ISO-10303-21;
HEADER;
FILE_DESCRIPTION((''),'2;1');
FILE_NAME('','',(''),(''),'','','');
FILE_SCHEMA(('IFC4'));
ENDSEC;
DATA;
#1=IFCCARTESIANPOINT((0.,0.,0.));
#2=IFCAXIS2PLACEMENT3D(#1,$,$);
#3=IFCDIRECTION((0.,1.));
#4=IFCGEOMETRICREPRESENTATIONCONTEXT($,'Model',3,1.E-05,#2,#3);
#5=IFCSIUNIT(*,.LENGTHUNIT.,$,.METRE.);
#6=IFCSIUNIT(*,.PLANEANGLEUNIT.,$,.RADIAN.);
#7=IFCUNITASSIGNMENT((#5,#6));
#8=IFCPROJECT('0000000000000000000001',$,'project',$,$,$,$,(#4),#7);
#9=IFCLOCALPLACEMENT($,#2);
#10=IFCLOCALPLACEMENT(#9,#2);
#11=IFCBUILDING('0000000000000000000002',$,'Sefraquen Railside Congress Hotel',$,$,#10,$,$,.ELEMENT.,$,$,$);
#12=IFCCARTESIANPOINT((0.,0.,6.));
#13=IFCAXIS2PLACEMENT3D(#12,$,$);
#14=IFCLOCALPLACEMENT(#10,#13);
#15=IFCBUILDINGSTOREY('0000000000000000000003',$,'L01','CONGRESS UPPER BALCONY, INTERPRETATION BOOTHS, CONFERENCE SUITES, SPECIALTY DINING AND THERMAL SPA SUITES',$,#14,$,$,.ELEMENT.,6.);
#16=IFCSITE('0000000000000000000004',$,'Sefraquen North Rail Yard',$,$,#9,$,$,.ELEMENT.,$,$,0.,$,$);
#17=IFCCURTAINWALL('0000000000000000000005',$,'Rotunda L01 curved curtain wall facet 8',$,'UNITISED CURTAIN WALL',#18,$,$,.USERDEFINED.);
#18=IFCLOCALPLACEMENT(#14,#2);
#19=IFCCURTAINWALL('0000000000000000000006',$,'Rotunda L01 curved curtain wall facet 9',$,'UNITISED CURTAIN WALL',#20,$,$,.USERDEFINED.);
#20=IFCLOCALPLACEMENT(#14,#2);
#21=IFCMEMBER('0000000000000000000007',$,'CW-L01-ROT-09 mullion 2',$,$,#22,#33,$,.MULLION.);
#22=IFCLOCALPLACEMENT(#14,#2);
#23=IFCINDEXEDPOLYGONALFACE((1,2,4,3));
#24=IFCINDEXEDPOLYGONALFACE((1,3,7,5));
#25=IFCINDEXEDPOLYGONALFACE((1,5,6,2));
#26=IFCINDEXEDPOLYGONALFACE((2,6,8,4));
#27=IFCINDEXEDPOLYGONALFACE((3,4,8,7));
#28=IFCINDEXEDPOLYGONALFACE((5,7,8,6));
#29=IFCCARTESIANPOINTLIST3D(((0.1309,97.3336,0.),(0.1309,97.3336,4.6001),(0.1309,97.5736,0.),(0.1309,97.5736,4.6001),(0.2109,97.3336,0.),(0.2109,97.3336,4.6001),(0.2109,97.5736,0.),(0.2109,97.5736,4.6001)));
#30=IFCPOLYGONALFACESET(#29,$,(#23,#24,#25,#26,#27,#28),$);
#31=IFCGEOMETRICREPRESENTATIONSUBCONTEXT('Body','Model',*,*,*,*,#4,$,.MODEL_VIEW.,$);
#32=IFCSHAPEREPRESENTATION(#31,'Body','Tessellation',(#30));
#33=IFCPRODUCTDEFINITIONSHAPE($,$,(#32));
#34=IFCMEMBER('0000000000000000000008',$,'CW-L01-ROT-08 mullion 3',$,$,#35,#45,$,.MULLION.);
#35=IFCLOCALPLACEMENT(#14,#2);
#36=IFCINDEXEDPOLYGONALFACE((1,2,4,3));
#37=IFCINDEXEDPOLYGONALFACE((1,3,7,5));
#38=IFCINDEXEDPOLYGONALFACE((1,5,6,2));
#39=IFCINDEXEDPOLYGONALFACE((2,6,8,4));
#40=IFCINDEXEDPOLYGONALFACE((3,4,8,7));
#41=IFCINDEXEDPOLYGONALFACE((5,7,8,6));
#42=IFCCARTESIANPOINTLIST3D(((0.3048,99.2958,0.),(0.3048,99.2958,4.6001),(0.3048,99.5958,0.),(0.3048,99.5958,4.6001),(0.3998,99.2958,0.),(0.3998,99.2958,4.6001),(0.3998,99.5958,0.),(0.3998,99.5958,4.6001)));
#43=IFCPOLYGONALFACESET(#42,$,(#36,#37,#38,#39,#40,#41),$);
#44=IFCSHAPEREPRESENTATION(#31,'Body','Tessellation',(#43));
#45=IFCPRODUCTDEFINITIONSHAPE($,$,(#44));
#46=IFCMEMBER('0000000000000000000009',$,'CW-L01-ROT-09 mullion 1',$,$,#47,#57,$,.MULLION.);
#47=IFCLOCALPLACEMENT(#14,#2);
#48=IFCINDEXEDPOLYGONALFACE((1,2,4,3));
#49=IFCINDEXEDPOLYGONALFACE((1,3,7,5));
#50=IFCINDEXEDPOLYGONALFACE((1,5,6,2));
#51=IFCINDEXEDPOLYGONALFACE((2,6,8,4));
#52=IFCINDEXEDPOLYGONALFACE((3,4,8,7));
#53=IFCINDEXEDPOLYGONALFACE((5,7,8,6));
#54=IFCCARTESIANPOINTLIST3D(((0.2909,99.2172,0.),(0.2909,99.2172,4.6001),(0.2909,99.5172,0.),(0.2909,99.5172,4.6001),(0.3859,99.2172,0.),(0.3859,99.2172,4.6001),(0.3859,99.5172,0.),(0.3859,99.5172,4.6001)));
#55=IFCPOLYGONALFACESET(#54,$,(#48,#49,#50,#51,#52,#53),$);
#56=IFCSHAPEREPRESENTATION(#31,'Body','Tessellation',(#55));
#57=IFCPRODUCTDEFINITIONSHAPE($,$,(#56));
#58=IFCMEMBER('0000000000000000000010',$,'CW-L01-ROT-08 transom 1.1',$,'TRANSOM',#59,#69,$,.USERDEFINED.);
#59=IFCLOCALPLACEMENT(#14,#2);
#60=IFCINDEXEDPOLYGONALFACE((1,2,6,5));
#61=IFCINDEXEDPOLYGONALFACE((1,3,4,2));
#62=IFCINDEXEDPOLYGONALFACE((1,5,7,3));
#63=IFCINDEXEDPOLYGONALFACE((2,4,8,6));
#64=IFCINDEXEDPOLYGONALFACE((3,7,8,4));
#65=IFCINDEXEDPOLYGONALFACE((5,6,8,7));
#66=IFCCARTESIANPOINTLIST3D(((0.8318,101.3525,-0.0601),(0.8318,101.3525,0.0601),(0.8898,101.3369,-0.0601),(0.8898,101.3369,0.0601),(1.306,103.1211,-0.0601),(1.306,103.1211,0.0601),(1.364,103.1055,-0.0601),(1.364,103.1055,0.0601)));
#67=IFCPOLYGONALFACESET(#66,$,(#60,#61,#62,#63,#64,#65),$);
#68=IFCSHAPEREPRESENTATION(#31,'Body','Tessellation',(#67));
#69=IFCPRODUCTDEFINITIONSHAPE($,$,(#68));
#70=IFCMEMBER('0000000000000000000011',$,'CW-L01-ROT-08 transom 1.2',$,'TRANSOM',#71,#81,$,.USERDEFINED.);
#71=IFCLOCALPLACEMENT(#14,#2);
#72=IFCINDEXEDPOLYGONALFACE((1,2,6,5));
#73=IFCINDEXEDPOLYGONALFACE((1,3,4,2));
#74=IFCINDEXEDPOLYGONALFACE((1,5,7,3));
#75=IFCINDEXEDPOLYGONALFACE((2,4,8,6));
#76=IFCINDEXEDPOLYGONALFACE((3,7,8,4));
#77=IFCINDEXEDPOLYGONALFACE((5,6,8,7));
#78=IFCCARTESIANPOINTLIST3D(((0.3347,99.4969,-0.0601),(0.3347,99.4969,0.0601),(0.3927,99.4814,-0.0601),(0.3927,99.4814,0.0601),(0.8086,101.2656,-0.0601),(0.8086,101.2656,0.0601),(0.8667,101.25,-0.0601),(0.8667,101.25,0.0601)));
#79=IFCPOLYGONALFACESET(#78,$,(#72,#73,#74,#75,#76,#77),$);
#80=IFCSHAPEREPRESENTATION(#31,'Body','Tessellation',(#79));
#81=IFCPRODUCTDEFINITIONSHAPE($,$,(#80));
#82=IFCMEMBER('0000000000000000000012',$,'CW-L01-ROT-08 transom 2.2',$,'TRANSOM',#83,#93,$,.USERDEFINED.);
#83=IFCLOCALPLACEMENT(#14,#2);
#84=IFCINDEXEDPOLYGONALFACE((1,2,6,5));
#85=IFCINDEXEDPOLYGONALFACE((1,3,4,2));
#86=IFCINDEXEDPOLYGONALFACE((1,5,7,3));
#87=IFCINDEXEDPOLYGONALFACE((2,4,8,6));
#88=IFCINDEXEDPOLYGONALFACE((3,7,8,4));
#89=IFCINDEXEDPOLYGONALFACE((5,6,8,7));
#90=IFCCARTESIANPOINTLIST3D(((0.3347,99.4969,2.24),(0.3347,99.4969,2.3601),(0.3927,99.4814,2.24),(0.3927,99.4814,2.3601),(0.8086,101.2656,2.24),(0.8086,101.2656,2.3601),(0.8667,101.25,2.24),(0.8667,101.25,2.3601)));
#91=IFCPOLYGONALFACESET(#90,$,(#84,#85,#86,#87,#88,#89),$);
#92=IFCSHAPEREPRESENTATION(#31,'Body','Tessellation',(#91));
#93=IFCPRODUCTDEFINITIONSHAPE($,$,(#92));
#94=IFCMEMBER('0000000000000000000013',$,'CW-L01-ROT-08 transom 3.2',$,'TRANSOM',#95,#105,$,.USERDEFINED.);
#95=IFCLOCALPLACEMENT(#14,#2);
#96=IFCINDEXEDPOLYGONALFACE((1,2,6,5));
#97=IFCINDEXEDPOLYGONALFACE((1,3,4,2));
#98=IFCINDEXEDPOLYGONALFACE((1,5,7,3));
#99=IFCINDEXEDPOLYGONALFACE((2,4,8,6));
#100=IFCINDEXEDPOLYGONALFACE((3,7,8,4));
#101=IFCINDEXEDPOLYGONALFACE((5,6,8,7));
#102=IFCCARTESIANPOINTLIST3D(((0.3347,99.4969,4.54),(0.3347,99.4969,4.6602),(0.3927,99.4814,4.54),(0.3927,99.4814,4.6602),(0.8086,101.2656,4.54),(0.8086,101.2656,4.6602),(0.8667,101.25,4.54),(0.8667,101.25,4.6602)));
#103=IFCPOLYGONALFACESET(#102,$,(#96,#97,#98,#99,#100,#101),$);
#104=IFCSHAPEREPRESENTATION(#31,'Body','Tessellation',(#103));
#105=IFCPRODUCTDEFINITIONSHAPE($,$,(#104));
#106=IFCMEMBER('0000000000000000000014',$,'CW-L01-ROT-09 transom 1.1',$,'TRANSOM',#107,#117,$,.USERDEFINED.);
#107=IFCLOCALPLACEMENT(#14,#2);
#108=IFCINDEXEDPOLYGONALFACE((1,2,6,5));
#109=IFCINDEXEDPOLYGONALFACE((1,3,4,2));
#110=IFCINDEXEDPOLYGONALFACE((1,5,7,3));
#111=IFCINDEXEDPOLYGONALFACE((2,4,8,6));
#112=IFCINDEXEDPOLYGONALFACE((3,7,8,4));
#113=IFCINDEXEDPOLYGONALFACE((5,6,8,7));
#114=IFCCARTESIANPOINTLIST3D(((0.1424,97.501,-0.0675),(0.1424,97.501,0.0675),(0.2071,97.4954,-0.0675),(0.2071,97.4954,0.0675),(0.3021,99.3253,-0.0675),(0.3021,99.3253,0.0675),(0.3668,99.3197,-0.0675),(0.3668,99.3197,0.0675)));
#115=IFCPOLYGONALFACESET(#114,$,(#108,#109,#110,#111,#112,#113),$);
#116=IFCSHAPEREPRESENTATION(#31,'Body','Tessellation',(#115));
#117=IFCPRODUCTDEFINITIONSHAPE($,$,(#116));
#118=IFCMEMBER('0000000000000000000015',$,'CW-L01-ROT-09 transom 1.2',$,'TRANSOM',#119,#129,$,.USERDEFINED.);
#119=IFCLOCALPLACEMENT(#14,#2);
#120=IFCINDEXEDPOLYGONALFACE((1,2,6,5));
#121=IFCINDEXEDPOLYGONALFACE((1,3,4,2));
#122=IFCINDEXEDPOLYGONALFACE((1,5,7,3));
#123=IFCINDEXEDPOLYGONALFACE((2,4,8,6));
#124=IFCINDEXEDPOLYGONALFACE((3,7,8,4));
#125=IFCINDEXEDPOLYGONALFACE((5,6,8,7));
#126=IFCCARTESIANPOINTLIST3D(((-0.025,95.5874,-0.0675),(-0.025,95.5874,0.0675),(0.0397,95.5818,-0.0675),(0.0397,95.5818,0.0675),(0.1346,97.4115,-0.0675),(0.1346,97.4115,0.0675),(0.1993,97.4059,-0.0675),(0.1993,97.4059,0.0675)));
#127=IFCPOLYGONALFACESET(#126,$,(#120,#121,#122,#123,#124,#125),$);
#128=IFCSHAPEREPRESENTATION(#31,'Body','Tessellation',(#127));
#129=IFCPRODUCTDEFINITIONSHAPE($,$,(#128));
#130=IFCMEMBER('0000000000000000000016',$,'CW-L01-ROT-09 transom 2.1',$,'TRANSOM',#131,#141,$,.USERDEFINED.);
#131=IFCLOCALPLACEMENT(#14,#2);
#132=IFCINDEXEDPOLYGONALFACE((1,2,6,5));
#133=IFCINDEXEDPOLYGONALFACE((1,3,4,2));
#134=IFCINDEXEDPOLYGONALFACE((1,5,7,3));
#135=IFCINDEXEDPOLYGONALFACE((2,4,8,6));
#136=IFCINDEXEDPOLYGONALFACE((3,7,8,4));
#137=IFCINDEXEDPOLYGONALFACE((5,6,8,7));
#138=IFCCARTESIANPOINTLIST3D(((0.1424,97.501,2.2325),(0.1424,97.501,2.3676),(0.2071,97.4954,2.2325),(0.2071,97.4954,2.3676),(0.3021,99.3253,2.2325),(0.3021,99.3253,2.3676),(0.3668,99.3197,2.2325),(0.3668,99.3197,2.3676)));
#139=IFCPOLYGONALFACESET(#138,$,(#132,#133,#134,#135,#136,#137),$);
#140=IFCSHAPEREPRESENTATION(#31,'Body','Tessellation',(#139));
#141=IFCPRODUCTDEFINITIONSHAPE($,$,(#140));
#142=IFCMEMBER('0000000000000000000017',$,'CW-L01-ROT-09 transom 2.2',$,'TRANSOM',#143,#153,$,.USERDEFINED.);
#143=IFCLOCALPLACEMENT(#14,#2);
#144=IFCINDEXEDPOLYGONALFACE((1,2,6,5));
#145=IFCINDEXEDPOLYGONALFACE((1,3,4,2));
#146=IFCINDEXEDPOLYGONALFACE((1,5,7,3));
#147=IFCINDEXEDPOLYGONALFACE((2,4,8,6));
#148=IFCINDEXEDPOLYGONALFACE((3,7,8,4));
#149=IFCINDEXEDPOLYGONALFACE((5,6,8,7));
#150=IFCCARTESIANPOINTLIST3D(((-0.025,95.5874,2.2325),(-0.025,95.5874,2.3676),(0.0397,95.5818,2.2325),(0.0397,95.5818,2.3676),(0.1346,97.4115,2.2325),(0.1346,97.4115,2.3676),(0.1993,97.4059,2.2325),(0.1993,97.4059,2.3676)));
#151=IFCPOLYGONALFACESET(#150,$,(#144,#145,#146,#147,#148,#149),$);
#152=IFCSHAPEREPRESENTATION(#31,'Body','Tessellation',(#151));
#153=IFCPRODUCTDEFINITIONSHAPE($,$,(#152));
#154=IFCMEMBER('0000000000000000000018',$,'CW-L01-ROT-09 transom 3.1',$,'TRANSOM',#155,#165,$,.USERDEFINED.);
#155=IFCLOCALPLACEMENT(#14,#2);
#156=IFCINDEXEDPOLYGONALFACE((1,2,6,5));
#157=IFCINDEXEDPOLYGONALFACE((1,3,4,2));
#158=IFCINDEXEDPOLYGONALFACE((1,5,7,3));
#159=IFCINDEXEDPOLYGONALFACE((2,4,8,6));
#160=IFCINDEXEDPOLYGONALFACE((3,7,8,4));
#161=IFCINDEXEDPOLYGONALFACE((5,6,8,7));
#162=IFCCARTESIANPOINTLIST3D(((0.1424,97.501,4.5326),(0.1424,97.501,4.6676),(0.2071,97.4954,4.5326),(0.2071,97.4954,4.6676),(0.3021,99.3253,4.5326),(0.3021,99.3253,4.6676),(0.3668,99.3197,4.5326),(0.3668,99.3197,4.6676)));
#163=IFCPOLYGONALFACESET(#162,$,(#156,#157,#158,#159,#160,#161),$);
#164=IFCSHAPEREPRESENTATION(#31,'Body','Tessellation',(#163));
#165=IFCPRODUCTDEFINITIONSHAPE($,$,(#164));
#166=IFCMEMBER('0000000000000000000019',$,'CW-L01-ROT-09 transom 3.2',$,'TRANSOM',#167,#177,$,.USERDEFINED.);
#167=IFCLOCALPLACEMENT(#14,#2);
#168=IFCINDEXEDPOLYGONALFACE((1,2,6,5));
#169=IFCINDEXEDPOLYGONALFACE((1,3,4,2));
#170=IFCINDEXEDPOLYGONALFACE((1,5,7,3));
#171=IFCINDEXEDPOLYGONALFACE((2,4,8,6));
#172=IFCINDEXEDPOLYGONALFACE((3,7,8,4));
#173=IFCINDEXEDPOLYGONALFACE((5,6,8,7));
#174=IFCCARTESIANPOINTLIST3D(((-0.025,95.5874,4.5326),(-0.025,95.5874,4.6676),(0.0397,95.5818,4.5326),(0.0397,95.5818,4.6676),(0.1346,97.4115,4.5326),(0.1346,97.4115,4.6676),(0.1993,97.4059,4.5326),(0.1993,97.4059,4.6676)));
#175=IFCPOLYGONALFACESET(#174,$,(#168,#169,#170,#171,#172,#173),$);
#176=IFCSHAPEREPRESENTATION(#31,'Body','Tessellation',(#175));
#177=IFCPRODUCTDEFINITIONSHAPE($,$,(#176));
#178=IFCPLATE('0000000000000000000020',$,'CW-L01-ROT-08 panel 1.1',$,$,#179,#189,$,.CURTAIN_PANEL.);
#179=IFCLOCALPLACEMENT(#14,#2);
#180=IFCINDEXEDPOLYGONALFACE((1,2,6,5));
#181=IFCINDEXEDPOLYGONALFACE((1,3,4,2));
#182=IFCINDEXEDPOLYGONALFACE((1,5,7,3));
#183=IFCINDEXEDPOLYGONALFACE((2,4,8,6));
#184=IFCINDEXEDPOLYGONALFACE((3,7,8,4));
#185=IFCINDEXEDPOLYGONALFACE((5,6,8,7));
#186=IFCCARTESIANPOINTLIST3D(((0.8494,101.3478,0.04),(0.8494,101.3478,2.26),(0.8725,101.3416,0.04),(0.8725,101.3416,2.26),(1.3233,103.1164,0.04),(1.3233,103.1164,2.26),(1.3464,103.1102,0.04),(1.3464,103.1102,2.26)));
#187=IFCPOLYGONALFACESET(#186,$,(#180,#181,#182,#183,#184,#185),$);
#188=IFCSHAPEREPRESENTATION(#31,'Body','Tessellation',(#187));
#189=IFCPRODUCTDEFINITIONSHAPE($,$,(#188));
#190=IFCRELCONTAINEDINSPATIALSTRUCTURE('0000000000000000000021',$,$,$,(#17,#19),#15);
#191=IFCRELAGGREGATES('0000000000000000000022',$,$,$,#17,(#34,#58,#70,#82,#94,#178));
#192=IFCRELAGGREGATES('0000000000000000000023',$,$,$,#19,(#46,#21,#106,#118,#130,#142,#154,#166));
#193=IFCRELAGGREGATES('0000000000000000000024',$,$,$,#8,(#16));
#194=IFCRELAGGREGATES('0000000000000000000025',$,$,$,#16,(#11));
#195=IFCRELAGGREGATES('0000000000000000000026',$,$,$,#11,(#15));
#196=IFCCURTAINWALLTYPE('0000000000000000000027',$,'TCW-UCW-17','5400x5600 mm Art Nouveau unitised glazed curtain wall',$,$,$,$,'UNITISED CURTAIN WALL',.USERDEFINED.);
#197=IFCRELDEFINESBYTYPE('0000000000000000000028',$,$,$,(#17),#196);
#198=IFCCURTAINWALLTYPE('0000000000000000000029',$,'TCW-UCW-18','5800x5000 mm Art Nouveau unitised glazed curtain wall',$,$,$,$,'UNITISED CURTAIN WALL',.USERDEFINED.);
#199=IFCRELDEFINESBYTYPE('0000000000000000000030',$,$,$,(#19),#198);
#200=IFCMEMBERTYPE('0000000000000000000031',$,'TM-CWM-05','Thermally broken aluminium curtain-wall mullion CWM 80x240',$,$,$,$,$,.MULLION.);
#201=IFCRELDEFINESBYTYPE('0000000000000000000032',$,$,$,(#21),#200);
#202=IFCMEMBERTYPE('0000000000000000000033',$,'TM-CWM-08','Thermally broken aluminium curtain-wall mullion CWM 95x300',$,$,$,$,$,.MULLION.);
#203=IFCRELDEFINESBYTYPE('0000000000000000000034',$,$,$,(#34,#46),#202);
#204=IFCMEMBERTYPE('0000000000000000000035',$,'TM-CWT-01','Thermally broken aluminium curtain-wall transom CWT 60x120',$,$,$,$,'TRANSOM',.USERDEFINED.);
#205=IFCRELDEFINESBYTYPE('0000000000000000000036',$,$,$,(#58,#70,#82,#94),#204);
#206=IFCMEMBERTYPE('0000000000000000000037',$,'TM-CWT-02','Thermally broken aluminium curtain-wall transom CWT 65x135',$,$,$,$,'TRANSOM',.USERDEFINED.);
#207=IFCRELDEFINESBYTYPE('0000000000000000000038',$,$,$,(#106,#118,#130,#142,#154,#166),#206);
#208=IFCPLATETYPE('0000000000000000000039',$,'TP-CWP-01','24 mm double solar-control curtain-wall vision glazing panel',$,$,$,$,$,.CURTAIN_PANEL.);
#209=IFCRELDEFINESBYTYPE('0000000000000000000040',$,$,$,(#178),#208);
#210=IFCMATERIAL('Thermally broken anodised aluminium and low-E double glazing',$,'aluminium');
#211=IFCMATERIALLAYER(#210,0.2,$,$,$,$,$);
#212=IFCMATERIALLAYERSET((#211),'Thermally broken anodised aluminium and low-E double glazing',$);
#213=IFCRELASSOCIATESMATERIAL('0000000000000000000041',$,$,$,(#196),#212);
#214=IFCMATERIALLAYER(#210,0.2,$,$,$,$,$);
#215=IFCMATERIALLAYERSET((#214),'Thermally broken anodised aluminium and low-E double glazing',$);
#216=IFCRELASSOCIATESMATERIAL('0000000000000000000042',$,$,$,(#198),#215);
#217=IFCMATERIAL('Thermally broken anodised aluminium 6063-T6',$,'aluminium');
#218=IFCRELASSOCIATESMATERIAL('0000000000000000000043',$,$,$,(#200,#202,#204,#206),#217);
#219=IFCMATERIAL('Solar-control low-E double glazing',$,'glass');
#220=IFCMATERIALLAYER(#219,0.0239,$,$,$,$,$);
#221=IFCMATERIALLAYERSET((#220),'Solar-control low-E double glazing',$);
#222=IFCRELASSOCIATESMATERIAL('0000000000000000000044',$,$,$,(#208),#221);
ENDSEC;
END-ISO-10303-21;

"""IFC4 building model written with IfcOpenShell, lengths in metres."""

from ifc_helpers import new_model, si_unit, direction, frame, origin, origin_2d, place, context, subcontext, project, spatial, rectangle, extrude, material, layer, layer_set, material_profile, profile_set, type_object, element, aggregate, save


model = new_model("IFC4")

# Units and contexts
model_context = context("Model", 3, precision=1e-05, world=origin(), true_north=direction((0.0, 1.0)))
body_context = subcontext(model_context, "Body", "Model", "MODEL_VIEW")
ifc_project = project(units=[si_unit("LENGTHUNIT", "METRE"), si_unit("PLANEANGLEUNIT", "RADIAN")], contexts=[model_context])

# Site, building, storey
site_placement = place(None, origin())
site = spatial("IfcSite", under=ifc_project, at=site_placement, Name="Sefraquen North Rail Yard", CompositionType="ELEMENT", RefElevation=0.0)
building_placement = place(site_placement, origin())
building = spatial("IfcBuilding", under=site, at=building_placement, Name="Sefraquen Railside Congress Hotel", CompositionType="ELEMENT")
storey_placement = place(building_placement, frame((0.0, 0.0, 6.0)))
storey = spatial("IfcBuildingStorey", under=building, at=storey_placement, Name="L01", Description="CONGRESS UPPER BALCONY, INTERPRETATION BOOTHS, CONFERENCE SUITES, SPECIALTY DINING AND THERMAL SPA SUITES", CompositionType="ELEMENT", Elevation=6.0)

# Curtain walls, member
ifc_material_1 = material(Name="Thermally broken anodised aluminium and low-E double glazing", Category="aluminium")
ifc_layer_1 = layer(ifc_material_1, 0.2)
ifc_layer_set_1 = layer_set([ifc_layer_1], Name="Thermally broken anodised aluminium and low-E double glazing")
curtain_wall_type_1 = type_object("IfcCurtainWallType", Name="TCW-UCW-17", Description="5400x5600 mm Art Nouveau unitised glazed curtain wall", ElementType="UNITISED CURTAIN WALL", PredefinedType="USERDEFINED", material=ifc_layer_set_1)
curtain_wall_1_placement = place(storey_placement, origin())
curtain_wall_1 = element("IfcCurtainWall", 1, at=curtain_wall_1_placement, inside=storey, type_object=curtain_wall_type_1, Name="Rotunda L01 curved curtain wall facet 8", ObjectType="UNITISED CURTAIN WALL", PredefinedType="USERDEFINED")
ifc_material_2 = material(Name="Thermally broken anodised aluminium 6063-T6", Category="aluminium")
ifc_layer_2 = layer(ifc_material_1, 0.2)
ifc_layer_set_2 = layer_set([ifc_layer_2], Name="Thermally broken anodised aluminium and low-E double glazing")
curtain_wall_type_2 = type_object("IfcCurtainWallType", Name="TCW-UCW-18", Description="5800x5000 mm Art Nouveau unitised glazed curtain wall", ElementType="UNITISED CURTAIN WALL", PredefinedType="USERDEFINED", material=ifc_layer_set_2)
curtain_wall_2_placement = place(storey_placement, origin())
curtain_wall_2 = element("IfcCurtainWall", 2, at=curtain_wall_2_placement, inside=storey, type_object=curtain_wall_type_2, Name="Rotunda L01 curved curtain wall facet 9", ObjectType="UNITISED CURTAIN WALL", PredefinedType="USERDEFINED")
ifc_material_profile_1 = material_profile(ifc_material_2, rectangle(XDim=0.0801, YDim=0.24, at=origin_2d()), Name="CWM 80x240")
ifc_profile_set_1 = profile_set([ifc_material_profile_1], Name="Thermally broken anodised aluminium 6063-T6")
member_type_1 = type_object("IfcMemberType", Name="TM-CWM-05", Description="Thermally broken aluminium curtain-wall mullion CWM 80x240", PredefinedType="MULLION", material=ifc_profile_set_1)
member_1_placement = place(storey_placement, frame((0.1709, 97.4536, 0.0), z_axis=(0.0, 0.0, 1.0), x_axis=(1.0, 0.0, 0.0)))
member_1 = element("IfcMember", 3, at=member_1_placement, type_object=member_type_1, Name="CW-L01-ROT-09 mullion 2", PredefinedType="MULLION", context=body_context, shape_type="SweptSolid", body=[
    extrude(rectangle(XDim=0.0801, YDim=0.24, at=origin_2d()), origin(), (0.0, 0.0, 1.0), 4.6001),
])

# Members
ifc_material_profile_2 = material_profile(ifc_material_2, rectangle(XDim=0.095, YDim=0.3, at=origin_2d()), Name="CWM 95x300")
ifc_profile_set_2 = profile_set([ifc_material_profile_2], Name="Thermally broken anodised aluminium 6063-T6")
member_type_2 = type_object("IfcMemberType", Name="TM-CWM-08", Description="Thermally broken aluminium curtain-wall mullion CWM 95x300", PredefinedType="MULLION", material=ifc_profile_set_2)
member_2_placement = place(storey_placement, frame((0.3523, 99.4458, 0.0), z_axis=(0.0, 0.0, 1.0), x_axis=(1.0, 0.0, 0.0)))
member_2 = element("IfcMember", 4, at=member_2_placement, type_object=member_type_2, Name="CW-L01-ROT-08 mullion 3", PredefinedType="MULLION", context=body_context, shape_type="SweptSolid", body=[
    extrude(rectangle(XDim=0.095, YDim=0.3, at=origin_2d()), origin(), (0.0, 0.0, 1.0), 4.6001),
])
member_3_placement = place(storey_placement, frame((0.3384, 99.3672, 0.0), z_axis=(0.0, 0.0, 1.0), x_axis=(1.0, 0.0, 0.0)))
member_3 = element("IfcMember", 5, at=member_3_placement, type_object=member_type_2, Name="CW-L01-ROT-09 mullion 1", PredefinedType="MULLION", context=body_context, shape_type="SweptSolid", body=[
    extrude(rectangle(XDim=0.095, YDim=0.3, at=origin_2d()), origin(), (0.0, 0.0, 1.0), 4.6001),
])
ifc_material_profile_3 = material_profile(ifc_material_2, rectangle(XDim=0.0601, YDim=0.1201, at=origin_2d()), Name="CWT 60x120")
ifc_profile_set_3 = profile_set([ifc_material_profile_3], Name="Thermally broken anodised aluminium 6063-T6")
member_type_3 = type_object("IfcMemberType", Name="TM-CWT-01", Description="Thermally broken aluminium curtain-wall transom CWT 60x120", ElementType="TRANSOM", PredefinedType="USERDEFINED", material=ifc_profile_set_3)
member_4_placement = place(storey_placement, frame((1.335, 103.1133, 0.0), z_axis=(-0.25894, -0.965893, 0.0), x_axis=(0.965893, -0.25894, 0.0)))
member_4 = element("IfcMember", 6, at=member_4_placement, type_object=member_type_3, Name="CW-L01-ROT-08 transom 1.1", ObjectType="TRANSOM", PredefinedType="USERDEFINED", context=body_context, shape_type="SweptSolid", body=[
    extrude(rectangle(XDim=0.0601, YDim=0.1201, at=origin_2d()), origin(), (0.0, 0.0, 1.0), 1.8311),
])
member_5_placement = place(storey_placement, frame((0.8376, 101.2578, 0.0), z_axis=(-0.258816, -0.965927, 0.0), x_axis=(0.965927, -0.258816, 0.0)))
member_5 = element("IfcMember", 7, at=member_5_placement, type_object=member_type_3, Name="CW-L01-ROT-08 transom 1.2", ObjectType="TRANSOM", PredefinedType="USERDEFINED", context=body_context, shape_type="SweptSolid", body=[
    extrude(rectangle(XDim=0.0601, YDim=0.1201, at=origin_2d()), origin(), (0.0, 0.0, 1.0), 1.8311),
])
member_6_placement = place(storey_placement, frame((0.8376, 101.2578, 2.3), z_axis=(-0.258816, -0.965927, 0.0), x_axis=(0.965927, -0.258816, 0.0)))
member_6 = element("IfcMember", 8, at=member_6_placement, type_object=member_type_3, Name="CW-L01-ROT-08 transom 2.2", ObjectType="TRANSOM", PredefinedType="USERDEFINED", context=body_context, shape_type="SweptSolid", body=[
    extrude(rectangle(XDim=0.0601, YDim=0.1201, at=origin_2d()), origin(), (0.0, 0.0, 1.0), 1.8311),
])
member_7_placement = place(storey_placement, frame((0.8376, 101.2578, 4.6001), z_axis=(-0.258816, -0.965927, 0.0), x_axis=(0.965927, -0.258816, 0.0)))
member_7 = element("IfcMember", 9, at=member_7_placement, type_object=member_type_3, Name="CW-L01-ROT-08 transom 3.2", ObjectType="TRANSOM", PredefinedType="USERDEFINED", context=body_context, shape_type="SweptSolid", body=[
    extrude(rectangle(XDim=0.0601, YDim=0.1201, at=origin_2d()), origin(), (0.0, 0.0, 1.0), 1.8311),
])
ifc_material_profile_4 = material_profile(ifc_material_2, rectangle(XDim=0.0649, YDim=0.135, at=origin_2d()), Name="CWT 65x135")
ifc_profile_set_4 = profile_set([ifc_material_profile_4], Name="Thermally broken anodised aluminium 6063-T6")
member_type_4 = type_object("IfcMemberType", Name="TM-CWT-02", Description="Thermally broken aluminium curtain-wall transom CWT 65x135", ElementType="TRANSOM", PredefinedType="USERDEFINED", material=ifc_profile_set_4)
member_8_placement = place(storey_placement, frame((0.3345, 99.3225, 0.0), z_axis=(-0.087193, -0.996191, 0.0), x_axis=(0.996191, -0.087193, 0.0)))
member_8 = element("IfcMember", 10, at=member_8_placement, type_object=member_type_4, Name="CW-L01-ROT-09 transom 1.1", ObjectType="TRANSOM", PredefinedType="USERDEFINED", context=body_context, shape_type="SweptSolid", body=[
    extrude(rectangle(XDim=0.0649, YDim=0.135, at=origin_2d()), origin(), (0.0, 0.0, 1.0), 1.8313),
])
member_9_placement = place(storey_placement, frame((0.167, 97.4087, 0.0), z_axis=(-0.087205, -0.99619, 0.0), x_axis=(0.99619, -0.087205, 0.0)))
member_9 = element("IfcMember", 11, at=member_9_placement, type_object=member_type_4, Name="CW-L01-ROT-09 transom 1.2", ObjectType="TRANSOM", PredefinedType="USERDEFINED", context=body_context, shape_type="SweptSolid", body=[
    extrude(rectangle(XDim=0.0649, YDim=0.135, at=origin_2d()), origin(), (0.0, 0.0, 1.0), 1.8311),
])
member_10_placement = place(storey_placement, frame((0.3345, 99.3225, 2.3), z_axis=(-0.087193, -0.996191, 0.0), x_axis=(0.996191, -0.087193, 0.0)))
member_10 = element("IfcMember", 12, at=member_10_placement, type_object=member_type_4, Name="CW-L01-ROT-09 transom 2.1", ObjectType="TRANSOM", PredefinedType="USERDEFINED", context=body_context, shape_type="SweptSolid", body=[
    extrude(rectangle(XDim=0.0649, YDim=0.135, at=origin_2d()), origin(), (0.0, 0.0, 1.0), 1.8313),
])
member_11_placement = place(storey_placement, frame((0.167, 97.4087, 2.3), z_axis=(-0.087205, -0.99619, 0.0), x_axis=(0.99619, -0.087205, 0.0)))
member_11 = element("IfcMember", 13, at=member_11_placement, type_object=member_type_4, Name="CW-L01-ROT-09 transom 2.2", ObjectType="TRANSOM", PredefinedType="USERDEFINED", context=body_context, shape_type="SweptSolid", body=[
    extrude(rectangle(XDim=0.0649, YDim=0.135, at=origin_2d()), origin(), (0.0, 0.0, 1.0), 1.8311),
])
member_12_placement = place(storey_placement, frame((0.3345, 99.3225, 4.6001), z_axis=(-0.087193, -0.996191, 0.0), x_axis=(0.996191, -0.087193, 0.0)))
member_12 = element("IfcMember", 14, at=member_12_placement, type_object=member_type_4, Name="CW-L01-ROT-09 transom 3.1", ObjectType="TRANSOM", PredefinedType="USERDEFINED", context=body_context, shape_type="SweptSolid", body=[
    extrude(rectangle(XDim=0.0649, YDim=0.135, at=origin_2d()), origin(), (0.0, 0.0, 1.0), 1.8313),
])
member_13_placement = place(storey_placement, frame((0.167, 97.4087, 4.6001), z_axis=(-0.087205, -0.99619, 0.0), x_axis=(0.99619, -0.087205, 0.0)))
member_13 = element("IfcMember", 15, at=member_13_placement, type_object=member_type_4, Name="CW-L01-ROT-09 transom 3.2", ObjectType="TRANSOM", PredefinedType="USERDEFINED", context=body_context, shape_type="SweptSolid", body=[
    extrude(rectangle(XDim=0.0649, YDim=0.135, at=origin_2d()), origin(), (0.0, 0.0, 1.0), 1.8311),
])

# Plate
ifc_material_3 = material(Name="Solar-control low-E double glazing", Category="glass")
ifc_layer_3 = layer(ifc_material_3, 0.0239)
ifc_layer_set_3 = layer_set([ifc_layer_3], Name="Solar-control low-E double glazing")
plate_type_1 = type_object("IfcPlateType", Name="TP-CWP-01", Description="24 mm double solar-control curtain-wall vision glazing panel", PredefinedType="CURTAIN_PANEL", material=ifc_layer_set_3)
plate_1_placement = place(storey_placement, frame((1.0979, 102.229, 0.04), z_axis=(0.0, 0.0, 1.0), x_axis=(-0.258785, -0.965935, 0.0)))
plate_1 = element("IfcPlate", 16, at=plate_1_placement, type_object=plate_type_1, Name="CW-L01-ROT-08 panel 1.1", PredefinedType="CURTAIN_PANEL", context=body_context, shape_type="SweptSolid", body=[
    extrude(rectangle(XDim=1.8311, YDim=0.0239, at=origin_2d()), origin(), (0.0, 0.0, 1.0), 2.22),
])
aggregate(curtain_wall_1, [member_2, member_4, member_5, member_6, member_7, plate_1])
aggregate(curtain_wall_2, [member_3, member_1, member_8, member_9, member_10, member_11, member_12, member_13])

save(model, "model.ifc")
